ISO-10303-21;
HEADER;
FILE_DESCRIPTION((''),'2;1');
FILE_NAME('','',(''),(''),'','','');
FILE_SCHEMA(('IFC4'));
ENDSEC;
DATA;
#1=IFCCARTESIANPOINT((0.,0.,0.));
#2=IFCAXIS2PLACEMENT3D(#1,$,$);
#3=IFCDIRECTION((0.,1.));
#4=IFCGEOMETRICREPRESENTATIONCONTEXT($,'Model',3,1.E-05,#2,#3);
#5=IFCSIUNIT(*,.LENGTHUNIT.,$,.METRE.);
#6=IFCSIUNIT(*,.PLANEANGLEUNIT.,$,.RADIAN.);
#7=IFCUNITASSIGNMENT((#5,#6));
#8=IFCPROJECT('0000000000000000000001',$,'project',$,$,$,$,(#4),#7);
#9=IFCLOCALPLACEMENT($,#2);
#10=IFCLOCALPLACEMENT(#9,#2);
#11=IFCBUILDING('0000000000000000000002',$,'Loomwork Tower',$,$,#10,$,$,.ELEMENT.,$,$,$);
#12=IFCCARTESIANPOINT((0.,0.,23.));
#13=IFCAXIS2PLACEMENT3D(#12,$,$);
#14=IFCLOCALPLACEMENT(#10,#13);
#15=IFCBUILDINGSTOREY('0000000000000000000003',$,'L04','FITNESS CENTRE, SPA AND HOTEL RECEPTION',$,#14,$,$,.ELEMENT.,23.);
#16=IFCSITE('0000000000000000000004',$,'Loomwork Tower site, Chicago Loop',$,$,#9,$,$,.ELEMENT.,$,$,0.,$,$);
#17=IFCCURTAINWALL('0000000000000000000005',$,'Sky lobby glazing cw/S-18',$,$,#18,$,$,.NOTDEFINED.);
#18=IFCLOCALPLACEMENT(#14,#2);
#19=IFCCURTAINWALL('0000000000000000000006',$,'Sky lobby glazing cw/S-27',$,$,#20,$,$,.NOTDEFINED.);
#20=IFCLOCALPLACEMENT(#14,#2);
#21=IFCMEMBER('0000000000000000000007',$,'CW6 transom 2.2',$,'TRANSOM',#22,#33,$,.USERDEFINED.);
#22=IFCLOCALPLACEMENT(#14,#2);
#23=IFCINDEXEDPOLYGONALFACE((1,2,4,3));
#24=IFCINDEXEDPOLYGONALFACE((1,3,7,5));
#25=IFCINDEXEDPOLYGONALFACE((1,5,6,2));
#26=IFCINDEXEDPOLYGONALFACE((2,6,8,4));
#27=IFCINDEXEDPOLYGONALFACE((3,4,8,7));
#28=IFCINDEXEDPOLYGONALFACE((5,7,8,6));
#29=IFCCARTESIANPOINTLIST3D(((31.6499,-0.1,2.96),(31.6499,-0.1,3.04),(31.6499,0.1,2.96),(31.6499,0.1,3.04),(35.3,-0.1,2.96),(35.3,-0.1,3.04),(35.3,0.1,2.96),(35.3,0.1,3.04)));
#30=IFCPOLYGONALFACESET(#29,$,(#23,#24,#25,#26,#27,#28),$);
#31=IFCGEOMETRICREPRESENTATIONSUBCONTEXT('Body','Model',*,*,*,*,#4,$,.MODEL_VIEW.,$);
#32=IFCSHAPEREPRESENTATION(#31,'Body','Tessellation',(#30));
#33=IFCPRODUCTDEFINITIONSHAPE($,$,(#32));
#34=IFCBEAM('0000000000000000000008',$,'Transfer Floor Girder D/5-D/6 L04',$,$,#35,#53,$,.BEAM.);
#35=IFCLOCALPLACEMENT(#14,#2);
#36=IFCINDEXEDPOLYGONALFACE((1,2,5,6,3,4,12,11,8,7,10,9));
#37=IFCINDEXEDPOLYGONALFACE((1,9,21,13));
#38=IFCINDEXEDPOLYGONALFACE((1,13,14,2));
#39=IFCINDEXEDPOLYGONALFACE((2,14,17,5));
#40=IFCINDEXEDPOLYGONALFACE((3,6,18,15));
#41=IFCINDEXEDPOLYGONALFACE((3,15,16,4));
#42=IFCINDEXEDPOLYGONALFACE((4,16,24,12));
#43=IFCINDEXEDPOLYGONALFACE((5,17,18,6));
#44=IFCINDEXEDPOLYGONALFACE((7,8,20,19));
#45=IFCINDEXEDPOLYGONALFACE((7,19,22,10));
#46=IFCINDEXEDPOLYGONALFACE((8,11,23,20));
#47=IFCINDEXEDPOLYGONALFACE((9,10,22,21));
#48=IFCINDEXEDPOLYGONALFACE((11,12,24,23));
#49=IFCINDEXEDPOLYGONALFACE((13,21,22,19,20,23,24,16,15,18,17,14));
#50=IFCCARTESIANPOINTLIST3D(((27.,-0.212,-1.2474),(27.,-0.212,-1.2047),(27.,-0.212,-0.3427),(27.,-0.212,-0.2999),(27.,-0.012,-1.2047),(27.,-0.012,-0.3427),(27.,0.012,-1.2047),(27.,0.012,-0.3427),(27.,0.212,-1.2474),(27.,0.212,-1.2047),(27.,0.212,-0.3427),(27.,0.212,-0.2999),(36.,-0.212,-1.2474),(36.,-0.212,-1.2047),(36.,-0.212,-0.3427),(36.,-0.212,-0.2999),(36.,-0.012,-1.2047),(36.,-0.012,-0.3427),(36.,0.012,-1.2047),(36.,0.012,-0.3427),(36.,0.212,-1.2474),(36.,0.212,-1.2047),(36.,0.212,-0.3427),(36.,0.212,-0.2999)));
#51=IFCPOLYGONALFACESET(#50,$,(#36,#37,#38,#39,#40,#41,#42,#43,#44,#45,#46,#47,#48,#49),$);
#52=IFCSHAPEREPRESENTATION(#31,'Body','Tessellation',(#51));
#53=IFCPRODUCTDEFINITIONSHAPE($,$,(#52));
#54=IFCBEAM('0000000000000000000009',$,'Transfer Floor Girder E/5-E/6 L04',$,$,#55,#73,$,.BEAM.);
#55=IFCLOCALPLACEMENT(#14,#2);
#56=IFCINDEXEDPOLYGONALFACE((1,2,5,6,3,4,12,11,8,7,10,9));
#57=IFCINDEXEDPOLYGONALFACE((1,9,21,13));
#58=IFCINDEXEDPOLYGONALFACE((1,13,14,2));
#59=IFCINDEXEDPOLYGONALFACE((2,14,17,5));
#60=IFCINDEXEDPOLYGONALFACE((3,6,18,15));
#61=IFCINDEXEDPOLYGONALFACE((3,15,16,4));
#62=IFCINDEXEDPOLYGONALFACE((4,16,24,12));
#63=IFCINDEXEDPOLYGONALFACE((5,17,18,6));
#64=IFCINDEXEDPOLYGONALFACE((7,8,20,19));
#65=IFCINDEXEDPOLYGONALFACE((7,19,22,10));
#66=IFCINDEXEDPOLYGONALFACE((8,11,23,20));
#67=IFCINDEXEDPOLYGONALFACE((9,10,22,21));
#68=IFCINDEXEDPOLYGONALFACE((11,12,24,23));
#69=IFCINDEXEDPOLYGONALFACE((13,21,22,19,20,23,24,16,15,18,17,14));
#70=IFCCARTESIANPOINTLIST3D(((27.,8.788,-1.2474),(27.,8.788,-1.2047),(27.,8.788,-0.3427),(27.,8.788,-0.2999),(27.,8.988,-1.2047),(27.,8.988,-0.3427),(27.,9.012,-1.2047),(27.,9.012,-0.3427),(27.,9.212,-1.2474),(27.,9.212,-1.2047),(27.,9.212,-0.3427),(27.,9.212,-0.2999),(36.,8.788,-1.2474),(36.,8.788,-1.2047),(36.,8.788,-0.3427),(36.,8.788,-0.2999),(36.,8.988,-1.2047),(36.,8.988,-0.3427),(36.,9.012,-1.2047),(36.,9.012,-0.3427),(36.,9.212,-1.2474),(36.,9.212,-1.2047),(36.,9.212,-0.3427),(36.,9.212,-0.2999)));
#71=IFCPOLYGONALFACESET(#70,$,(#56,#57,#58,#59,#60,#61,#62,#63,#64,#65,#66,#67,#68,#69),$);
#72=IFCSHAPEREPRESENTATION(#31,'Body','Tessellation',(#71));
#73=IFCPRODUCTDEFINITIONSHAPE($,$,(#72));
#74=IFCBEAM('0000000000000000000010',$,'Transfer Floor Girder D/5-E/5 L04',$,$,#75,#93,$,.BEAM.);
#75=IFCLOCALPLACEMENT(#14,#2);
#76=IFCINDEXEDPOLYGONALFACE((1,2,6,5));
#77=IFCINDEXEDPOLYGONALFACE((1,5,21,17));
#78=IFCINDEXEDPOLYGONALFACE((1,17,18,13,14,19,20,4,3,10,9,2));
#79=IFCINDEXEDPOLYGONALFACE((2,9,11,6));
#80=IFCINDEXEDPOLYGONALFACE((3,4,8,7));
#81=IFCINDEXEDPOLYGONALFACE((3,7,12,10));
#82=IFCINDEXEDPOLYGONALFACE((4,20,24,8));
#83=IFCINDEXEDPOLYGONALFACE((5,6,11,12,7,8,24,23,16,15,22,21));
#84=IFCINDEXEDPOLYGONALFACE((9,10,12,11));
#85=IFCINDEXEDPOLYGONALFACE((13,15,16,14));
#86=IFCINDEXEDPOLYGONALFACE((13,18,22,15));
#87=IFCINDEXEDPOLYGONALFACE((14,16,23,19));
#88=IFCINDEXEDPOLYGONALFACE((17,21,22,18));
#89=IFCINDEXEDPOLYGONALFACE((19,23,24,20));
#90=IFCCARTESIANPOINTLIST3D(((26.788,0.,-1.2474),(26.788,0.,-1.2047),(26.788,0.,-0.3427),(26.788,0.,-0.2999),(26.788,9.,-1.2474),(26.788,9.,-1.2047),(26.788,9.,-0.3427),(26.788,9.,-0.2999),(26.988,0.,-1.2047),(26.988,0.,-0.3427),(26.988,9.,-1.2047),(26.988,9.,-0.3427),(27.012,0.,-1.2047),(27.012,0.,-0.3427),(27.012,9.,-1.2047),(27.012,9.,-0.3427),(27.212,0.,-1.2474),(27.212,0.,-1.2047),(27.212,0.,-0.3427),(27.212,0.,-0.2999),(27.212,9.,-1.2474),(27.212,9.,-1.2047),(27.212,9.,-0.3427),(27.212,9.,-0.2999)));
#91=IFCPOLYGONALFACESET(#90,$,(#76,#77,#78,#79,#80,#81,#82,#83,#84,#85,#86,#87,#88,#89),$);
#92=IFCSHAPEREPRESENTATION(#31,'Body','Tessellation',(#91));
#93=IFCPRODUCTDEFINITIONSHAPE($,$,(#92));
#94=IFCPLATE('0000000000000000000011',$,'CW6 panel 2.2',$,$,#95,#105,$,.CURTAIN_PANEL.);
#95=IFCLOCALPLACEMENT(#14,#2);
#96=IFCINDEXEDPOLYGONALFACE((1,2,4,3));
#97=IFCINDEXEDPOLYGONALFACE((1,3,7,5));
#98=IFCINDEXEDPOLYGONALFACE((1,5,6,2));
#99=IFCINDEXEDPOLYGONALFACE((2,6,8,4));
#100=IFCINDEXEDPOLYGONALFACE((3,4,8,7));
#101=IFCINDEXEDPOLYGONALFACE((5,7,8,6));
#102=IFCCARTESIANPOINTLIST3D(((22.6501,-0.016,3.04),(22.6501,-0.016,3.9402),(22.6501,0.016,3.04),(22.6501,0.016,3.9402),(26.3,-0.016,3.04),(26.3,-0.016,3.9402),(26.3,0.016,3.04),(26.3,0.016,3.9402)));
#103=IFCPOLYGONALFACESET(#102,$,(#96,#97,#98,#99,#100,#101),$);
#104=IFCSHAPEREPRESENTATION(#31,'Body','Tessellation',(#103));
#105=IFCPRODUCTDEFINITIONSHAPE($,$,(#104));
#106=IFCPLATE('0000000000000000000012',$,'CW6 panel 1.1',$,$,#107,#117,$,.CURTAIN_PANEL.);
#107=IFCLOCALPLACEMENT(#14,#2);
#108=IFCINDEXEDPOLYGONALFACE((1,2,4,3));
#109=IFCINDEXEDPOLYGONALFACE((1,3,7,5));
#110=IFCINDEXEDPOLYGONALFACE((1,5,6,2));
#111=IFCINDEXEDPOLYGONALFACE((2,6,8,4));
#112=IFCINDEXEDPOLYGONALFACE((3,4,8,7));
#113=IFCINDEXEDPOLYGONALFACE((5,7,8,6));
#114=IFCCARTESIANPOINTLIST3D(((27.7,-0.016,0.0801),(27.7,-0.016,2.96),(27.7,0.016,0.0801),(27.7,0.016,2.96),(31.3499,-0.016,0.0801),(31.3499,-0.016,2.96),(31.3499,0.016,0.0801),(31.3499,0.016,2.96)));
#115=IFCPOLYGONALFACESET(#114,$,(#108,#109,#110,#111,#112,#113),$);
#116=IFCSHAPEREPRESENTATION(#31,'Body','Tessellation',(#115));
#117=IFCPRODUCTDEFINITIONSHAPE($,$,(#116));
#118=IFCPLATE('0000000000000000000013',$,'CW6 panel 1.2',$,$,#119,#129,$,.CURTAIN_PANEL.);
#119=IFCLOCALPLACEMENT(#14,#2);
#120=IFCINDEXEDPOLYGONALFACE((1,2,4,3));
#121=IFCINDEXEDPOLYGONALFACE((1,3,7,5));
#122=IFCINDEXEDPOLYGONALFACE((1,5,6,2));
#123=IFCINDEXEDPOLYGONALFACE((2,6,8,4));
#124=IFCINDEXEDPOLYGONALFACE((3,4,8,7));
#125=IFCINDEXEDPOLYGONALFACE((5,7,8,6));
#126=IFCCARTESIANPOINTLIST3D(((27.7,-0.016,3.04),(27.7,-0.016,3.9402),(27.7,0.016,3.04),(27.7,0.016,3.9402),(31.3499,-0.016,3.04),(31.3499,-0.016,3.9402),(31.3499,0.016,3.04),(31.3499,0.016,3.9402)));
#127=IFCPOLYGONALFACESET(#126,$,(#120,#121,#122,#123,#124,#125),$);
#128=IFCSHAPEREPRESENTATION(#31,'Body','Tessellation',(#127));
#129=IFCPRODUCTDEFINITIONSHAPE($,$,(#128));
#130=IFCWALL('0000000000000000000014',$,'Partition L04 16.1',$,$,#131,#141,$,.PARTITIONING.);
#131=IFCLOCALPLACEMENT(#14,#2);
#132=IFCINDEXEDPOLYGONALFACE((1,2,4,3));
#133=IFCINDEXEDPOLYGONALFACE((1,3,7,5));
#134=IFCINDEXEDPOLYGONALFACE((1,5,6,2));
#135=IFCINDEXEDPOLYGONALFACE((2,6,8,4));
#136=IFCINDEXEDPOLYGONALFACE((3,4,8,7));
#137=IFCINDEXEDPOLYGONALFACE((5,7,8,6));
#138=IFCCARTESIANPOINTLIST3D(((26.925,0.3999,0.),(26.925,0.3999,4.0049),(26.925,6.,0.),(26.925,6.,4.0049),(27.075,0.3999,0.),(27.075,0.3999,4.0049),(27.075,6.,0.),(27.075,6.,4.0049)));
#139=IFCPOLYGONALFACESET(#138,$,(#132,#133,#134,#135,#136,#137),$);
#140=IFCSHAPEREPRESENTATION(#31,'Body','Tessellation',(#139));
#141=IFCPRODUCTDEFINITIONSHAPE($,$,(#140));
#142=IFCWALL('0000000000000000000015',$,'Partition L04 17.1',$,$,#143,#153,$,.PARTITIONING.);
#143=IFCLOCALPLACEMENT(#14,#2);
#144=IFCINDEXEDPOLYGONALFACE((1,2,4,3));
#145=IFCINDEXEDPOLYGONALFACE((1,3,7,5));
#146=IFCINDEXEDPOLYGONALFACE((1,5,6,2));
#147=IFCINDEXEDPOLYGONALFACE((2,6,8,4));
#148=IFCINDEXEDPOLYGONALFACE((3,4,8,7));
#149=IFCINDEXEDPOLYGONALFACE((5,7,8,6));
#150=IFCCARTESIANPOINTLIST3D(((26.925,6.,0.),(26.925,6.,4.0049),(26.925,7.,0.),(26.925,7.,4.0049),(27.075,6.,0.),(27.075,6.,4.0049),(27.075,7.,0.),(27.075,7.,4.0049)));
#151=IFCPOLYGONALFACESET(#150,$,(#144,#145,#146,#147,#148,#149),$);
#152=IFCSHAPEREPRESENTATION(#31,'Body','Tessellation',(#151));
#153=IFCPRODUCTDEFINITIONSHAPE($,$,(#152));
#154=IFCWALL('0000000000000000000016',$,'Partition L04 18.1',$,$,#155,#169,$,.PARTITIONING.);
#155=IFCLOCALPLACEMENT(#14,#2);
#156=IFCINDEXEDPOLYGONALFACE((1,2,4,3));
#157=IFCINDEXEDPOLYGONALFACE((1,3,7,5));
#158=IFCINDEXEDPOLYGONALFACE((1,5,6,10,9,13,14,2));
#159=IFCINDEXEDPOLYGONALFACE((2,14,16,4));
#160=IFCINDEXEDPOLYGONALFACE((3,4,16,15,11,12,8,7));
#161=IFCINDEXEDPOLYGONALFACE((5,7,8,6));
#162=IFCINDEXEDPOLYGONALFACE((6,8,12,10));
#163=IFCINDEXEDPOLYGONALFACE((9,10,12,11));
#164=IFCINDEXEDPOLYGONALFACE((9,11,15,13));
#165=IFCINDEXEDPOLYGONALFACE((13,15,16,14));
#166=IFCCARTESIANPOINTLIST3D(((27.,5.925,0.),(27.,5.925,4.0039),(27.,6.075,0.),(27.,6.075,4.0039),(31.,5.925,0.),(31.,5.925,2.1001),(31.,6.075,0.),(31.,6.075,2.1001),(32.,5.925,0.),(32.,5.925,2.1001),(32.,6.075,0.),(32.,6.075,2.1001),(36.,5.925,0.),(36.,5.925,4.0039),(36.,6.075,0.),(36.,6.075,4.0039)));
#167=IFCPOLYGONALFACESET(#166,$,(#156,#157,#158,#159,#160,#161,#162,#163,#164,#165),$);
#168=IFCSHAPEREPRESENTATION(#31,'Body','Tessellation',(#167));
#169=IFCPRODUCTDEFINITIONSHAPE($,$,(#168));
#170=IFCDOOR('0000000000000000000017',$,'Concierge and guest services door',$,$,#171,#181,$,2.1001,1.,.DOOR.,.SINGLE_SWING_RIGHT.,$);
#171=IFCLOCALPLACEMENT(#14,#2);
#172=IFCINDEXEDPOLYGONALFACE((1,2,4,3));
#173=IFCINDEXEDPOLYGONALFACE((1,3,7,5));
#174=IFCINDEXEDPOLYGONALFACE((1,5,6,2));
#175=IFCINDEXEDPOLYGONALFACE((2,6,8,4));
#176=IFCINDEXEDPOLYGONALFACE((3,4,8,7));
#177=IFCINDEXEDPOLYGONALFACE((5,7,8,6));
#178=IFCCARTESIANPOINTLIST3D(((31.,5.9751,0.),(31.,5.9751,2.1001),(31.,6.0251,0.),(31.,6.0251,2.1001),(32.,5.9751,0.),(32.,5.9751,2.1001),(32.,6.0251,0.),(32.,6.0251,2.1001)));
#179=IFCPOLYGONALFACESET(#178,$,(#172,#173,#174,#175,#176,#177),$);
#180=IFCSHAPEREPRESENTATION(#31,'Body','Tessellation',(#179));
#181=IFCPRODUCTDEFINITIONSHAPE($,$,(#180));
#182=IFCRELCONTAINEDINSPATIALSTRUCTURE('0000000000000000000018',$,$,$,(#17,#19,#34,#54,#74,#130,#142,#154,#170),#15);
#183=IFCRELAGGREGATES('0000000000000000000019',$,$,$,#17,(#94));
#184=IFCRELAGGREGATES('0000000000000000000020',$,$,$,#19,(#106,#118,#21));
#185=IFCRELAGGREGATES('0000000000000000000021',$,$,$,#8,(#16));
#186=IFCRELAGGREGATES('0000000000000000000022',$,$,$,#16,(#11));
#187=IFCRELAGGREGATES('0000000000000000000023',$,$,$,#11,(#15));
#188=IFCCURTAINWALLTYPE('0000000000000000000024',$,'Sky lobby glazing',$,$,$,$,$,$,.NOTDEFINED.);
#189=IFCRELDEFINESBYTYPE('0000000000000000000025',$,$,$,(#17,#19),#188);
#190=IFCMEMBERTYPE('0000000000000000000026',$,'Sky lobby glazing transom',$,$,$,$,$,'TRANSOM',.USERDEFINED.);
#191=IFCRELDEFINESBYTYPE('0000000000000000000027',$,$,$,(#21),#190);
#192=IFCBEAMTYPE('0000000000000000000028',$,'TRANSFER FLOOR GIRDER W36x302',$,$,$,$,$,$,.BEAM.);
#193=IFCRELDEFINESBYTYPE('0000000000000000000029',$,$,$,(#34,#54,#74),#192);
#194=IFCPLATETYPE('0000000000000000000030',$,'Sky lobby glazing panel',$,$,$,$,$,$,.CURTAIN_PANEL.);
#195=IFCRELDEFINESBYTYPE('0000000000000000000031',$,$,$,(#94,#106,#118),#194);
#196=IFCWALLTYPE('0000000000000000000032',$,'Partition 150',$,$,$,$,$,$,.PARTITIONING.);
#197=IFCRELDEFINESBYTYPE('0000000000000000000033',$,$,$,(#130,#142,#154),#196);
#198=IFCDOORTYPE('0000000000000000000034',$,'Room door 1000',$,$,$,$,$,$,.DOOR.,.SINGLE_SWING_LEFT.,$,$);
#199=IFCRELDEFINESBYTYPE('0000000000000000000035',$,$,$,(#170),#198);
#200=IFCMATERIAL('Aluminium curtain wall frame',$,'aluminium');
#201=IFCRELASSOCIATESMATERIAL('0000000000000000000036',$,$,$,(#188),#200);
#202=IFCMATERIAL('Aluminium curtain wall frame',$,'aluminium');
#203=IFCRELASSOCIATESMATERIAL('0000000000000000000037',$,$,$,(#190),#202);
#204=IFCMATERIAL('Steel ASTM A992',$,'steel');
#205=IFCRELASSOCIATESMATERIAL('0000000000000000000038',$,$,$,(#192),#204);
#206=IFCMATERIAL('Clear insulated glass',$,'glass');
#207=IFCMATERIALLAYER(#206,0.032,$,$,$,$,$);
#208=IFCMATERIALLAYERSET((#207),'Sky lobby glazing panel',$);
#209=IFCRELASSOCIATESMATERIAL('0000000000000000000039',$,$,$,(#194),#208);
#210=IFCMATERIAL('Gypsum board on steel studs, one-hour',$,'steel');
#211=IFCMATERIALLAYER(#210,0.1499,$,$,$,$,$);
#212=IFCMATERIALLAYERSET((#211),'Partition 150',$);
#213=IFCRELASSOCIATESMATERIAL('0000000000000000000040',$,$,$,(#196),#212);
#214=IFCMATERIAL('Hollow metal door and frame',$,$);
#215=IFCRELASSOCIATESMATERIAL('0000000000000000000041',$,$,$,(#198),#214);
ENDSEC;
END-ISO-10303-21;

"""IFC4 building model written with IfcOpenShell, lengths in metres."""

from ifc_helpers import new_model, si_unit, direction, frame, frame_2d, origin, origin_2d, place, context, subcontext, project, spatial, rectangle, i_section, extrude, material, layer, layer_set, material_profile, profile_set, type_object, element, fill, aggregate, save


model = new_model("IFC4")

# Units and contexts
model_context = context("Model", 3, precision=1e-05, world=origin(), true_north=direction((0.0, 1.0)))
body_context = subcontext(model_context, "Body", "Model", "MODEL_VIEW")
ifc_project = project(units=[si_unit("LENGTHUNIT", "METRE"), si_unit("PLANEANGLEUNIT", "RADIAN")], contexts=[model_context])

# Site, building, storey
site_placement = place(None, origin())
site = spatial("IfcSite", under=ifc_project, at=site_placement, Name="Loomwork Tower site, Chicago Loop", CompositionType="ELEMENT", RefElevation=0.0)
building_placement = place(site_placement, origin())
building = spatial("IfcBuilding", under=site, at=building_placement, Name="Loomwork Tower", CompositionType="ELEMENT")
storey_placement = place(building_placement, frame((0.0, 0.0, 23.0)))
storey = spatial("IfcBuildingStorey", under=building, at=storey_placement, Name="L04", Description="FITNESS CENTRE, SPA AND HOTEL RECEPTION", CompositionType="ELEMENT", Elevation=23.0)

# Curtain wall
ifc_material_1 = material(Name="Aluminium curtain wall frame", Category="aluminium")
curtain_wall_type = type_object("IfcCurtainWallType", Name="Sky lobby glazing", PredefinedType="NOTDEFINED", material=ifc_material_1)
curtain_wall_1_placement = place(storey_placement, origin())
curtain_wall_1 = element("IfcCurtainWall", 1, at=curtain_wall_1_placement, inside=storey, type_object=curtain_wall_type, Name="Sky lobby glazing cw/S-18", PredefinedType="NOTDEFINED")

# Curtain wall, member
curtain_wall_2_placement = place(storey_placement, origin())
curtain_wall_2 = element("IfcCurtainWall", 2, at=curtain_wall_2_placement, inside=storey, type_object=curtain_wall_type, Name="Sky lobby glazing cw/S-27", PredefinedType="NOTDEFINED")
ifc_material_2 = material(Name="Aluminium curtain wall frame", Category="aluminium")
ifc_material_profile_1 = material_profile(ifc_material_2, rectangle(XDim=0.2, YDim=0.0801, at=origin_2d()), Name="AL 80x200")
ifc_profile_set_1 = profile_set([ifc_material_profile_1], Name="Aluminium curtain wall frame")
member_type_1 = type_object("IfcMemberType", Name="Sky lobby glazing transom", ElementType="TRANSOM", PredefinedType="USERDEFINED", material=ifc_profile_set_1)
member_1_placement = place(storey_placement, frame((31.6499, 0.0, 3.0), z_axis=(1.0, 0.0, 0.0), x_axis=(0.0, 1.0, 0.0)))
member_1 = element("IfcMember", 3, at=member_1_placement, type_object=member_type_1, Name="CW6 transom 2.2", ObjectType="TRANSOM", PredefinedType="USERDEFINED", context=body_context, shape_type="SweptSolid", body=[
    extrude(rectangle(XDim=0.2, YDim=0.0801, at=origin_2d()), origin(), (0.0, 0.0, 1.0), 3.6501),
])

# Beams
ifc_material_3 = material(Name="Steel ASTM A992", Category="steel")
ifc_material_profile_2 = material_profile(ifc_material_3, i_section(OverallWidth=0.4241, OverallDepth=0.9475, WebThickness=0.0239, FlangeThickness=0.0427, at=origin_2d()), Name="W36x302")
ifc_profile_set_2 = profile_set([ifc_material_profile_2], Name="Steel ASTM A992")
beam_type_1 = type_object("IfcBeamType", Name="TRANSFER FLOOR GIRDER W36x302", PredefinedType="BEAM", material=ifc_profile_set_2)
for number, where, z_axis, x_axis, name in (
    (4, (27.0, 0.0, -0.7737), (1.0, 0.0, 0.0), (0.0, 1.0, 0.0), "Transfer Floor Girder D/5-D/6 L04"),
    (5, (27.0, 9.0, -0.7737), (1.0, 0.0, 0.0), (0.0, 1.0, 0.0), "Transfer Floor Girder E/5-E/6 L04"),
    (6, (27.0, 0.0, -0.7737), (0.0, 1.0, 0.0), (-1.0, 0.0, 0.0), "Transfer Floor Girder D/5-E/5 L04"),
):
    element("IfcBeam", number, at=place(storey_placement, frame(where, z_axis=z_axis, x_axis=x_axis)), inside=storey, type_object=beam_type_1, Name=name, PredefinedType="BEAM", context=body_context, shape_type="SweptSolid", body=[
        extrude(i_section(OverallWidth=0.4241, OverallDepth=0.9475, WebThickness=0.0239, FlangeThickness=0.0427, at=origin_2d()), origin(), (0.0, 0.0, 1.0), 9.0),
    ])

# Plates
ifc_material_4 = material(Name="Clear insulated glass", Category="glass")
ifc_layer_1 = layer(ifc_material_4, 0.032)
ifc_layer_set_1 = layer_set([ifc_layer_1], Name="Sky lobby glazing panel")
plate_type = type_object("IfcPlateType", Name="Sky lobby glazing panel", PredefinedType="CURTAIN_PANEL", material=ifc_layer_set_1)
plate_1_placement = place(storey_placement, frame((24.4751, 0.0, 3.04), z_axis=(0.0, 0.0, 1.0), x_axis=(1.0, 0.0, 0.0)))
plate_1 = element("IfcPlate", 7, at=plate_1_placement, type_object=plate_type, Name="CW6 panel 2.2", PredefinedType="CURTAIN_PANEL", context=body_context, shape_type="SweptSolid", body=[
    extrude(rectangle(XDim=3.6499, YDim=0.032, at=origin_2d()), origin(), (0.0, 0.0, 1.0), 0.9001),
])
aggregate(curtain_wall_1, [plate_1])
plate_2_placement = place(storey_placement, frame((29.5249, 0.0, 0.0801), z_axis=(0.0, 0.0, 1.0), x_axis=(1.0, 0.0, 0.0)))
plate_2 = element("IfcPlate", 8, at=plate_2_placement, type_object=plate_type, Name="CW6 panel 1.1", PredefinedType="CURTAIN_PANEL", context=body_context, shape_type="SweptSolid", body=[
    extrude(rectangle(XDim=3.6499, YDim=0.032, at=origin_2d()), origin(), (0.0, 0.0, 1.0), 2.8799),
])
plate_3_placement = place(storey_placement, frame((29.5249, 0.0, 3.04), z_axis=(0.0, 0.0, 1.0), x_axis=(1.0, 0.0, 0.0)))
plate_3 = element("IfcPlate", 9, at=plate_3_placement, type_object=plate_type, Name="CW6 panel 1.2", PredefinedType="CURTAIN_PANEL", context=body_context, shape_type="SweptSolid", body=[
    extrude(rectangle(XDim=3.6499, YDim=0.032, at=origin_2d()), origin(), (0.0, 0.0, 1.0), 0.9001),
])
aggregate(curtain_wall_2, [plate_2, plate_3, member_1])

# Walls
ifc_material_5 = material(Name="Gypsum board on steel studs, one-hour", Category="steel")
ifc_layer_2 = layer(ifc_material_5, 0.1499)
ifc_layer_set_2 = layer_set([ifc_layer_2], Name="Partition 150")
wall_type = type_object("IfcWallType", Name="Partition 150", PredefinedType="PARTITIONING", material=ifc_layer_set_2)
wall_1_placement = place(storey_placement, frame((27.0, 6.0, 0.0), z_axis=(0.0, 0.0, 1.0), x_axis=(0.0, -1.0, 0.0)))
element("IfcWall", 10, at=wall_1_placement, inside=storey, type_object=wall_type, Name="Partition L04 16.1", PredefinedType="PARTITIONING", context=body_context, shape_type="SweptSolid", body=[
    extrude(rectangle(XDim=5.6001, YDim=0.1499, at=frame_2d((2.8, 0.0))), origin(), (0.0, 0.0, 1.0), 4.0049),
])
wall_2_placement = place(storey_placement, frame((27.0, 7.0, 0.0), z_axis=(0.0, 0.0, 1.0), x_axis=(0.0, -1.0, 0.0)))
element("IfcWall", 11, at=wall_2_placement, inside=storey, type_object=wall_type, Name="Partition L04 17.1", PredefinedType="PARTITIONING", context=body_context, shape_type="SweptSolid", body=[
    extrude(rectangle(XDim=1.0, YDim=0.1499, at=frame_2d((0.5, 0.0))), origin(), (0.0, 0.0, 1.0), 4.0049),
])

# Wall, opening, door
wall_3_placement = place(storey_placement, frame((27.0, 6.0, 0.0), z_axis=(0.0, 0.0, 1.0), x_axis=(1.0, 0.0, 0.0)))
wall_3 = element("IfcWall", 12, at=wall_3_placement, inside=storey, type_object=wall_type, Name="Partition L04 18.1", PredefinedType="PARTITIONING", context=body_context, shape_type="SweptSolid", body=[
    extrude(rectangle(XDim=9.0, YDim=0.1499, at=frame_2d((4.5, 0.0))), origin(), (0.0, 0.0, 1.0), 4.0039),
])
opening_placement = place(wall_3_placement, frame((4.0, 0.0, 0.0)))
opening = element("IfcOpeningElement", 13, at=opening_placement, cuts=wall_3, PredefinedType="OPENING", context=body_context, shape_type="SweptSolid", body=[
    extrude(rectangle(XDim=1.0, YDim=2.1001, at=frame_2d((0.5, 1.05))), frame((0.0, 0.085, 0.0), z_axis=(0.0, -1.0, 0.0), x_axis=(1.0, 0.0, 0.0)), (0.0, 0.0, 1.0), 0.1699),
])
ifc_material_6 = material(Name="Hollow metal door and frame")
door_type = type_object("IfcDoorType", Name="Room door 1000", OperationType="SINGLE_SWING_LEFT", PredefinedType="DOOR", material=ifc_material_6)
door_placement = place(opening_placement, frame((1.0, 0.0, 0.0), z_axis=(0.0, 0.0, 1.0), x_axis=(-1.0, 0.0, 0.0)))
door = element("IfcDoor", 14, at=door_placement, inside=storey, type_object=door_type, Name="Concierge and guest services door", OperationType="SINGLE_SWING_RIGHT", OverallHeight=2.1001, OverallWidth=1.0, PredefinedType="DOOR", context=body_context, shape_type="SweptSolid", body=[
    extrude(rectangle(XDim=1.0, YDim=2.1001, at=frame_2d((0.5, 1.05))), frame((0.0, 0.0249, 0.0), z_axis=(0.0, -1.0, 0.0), x_axis=(1.0, 0.0, 0.0)), (0.0, 0.0, 1.0), 0.05),
])
fill(opening, door)

save(model, "model.ifc")
